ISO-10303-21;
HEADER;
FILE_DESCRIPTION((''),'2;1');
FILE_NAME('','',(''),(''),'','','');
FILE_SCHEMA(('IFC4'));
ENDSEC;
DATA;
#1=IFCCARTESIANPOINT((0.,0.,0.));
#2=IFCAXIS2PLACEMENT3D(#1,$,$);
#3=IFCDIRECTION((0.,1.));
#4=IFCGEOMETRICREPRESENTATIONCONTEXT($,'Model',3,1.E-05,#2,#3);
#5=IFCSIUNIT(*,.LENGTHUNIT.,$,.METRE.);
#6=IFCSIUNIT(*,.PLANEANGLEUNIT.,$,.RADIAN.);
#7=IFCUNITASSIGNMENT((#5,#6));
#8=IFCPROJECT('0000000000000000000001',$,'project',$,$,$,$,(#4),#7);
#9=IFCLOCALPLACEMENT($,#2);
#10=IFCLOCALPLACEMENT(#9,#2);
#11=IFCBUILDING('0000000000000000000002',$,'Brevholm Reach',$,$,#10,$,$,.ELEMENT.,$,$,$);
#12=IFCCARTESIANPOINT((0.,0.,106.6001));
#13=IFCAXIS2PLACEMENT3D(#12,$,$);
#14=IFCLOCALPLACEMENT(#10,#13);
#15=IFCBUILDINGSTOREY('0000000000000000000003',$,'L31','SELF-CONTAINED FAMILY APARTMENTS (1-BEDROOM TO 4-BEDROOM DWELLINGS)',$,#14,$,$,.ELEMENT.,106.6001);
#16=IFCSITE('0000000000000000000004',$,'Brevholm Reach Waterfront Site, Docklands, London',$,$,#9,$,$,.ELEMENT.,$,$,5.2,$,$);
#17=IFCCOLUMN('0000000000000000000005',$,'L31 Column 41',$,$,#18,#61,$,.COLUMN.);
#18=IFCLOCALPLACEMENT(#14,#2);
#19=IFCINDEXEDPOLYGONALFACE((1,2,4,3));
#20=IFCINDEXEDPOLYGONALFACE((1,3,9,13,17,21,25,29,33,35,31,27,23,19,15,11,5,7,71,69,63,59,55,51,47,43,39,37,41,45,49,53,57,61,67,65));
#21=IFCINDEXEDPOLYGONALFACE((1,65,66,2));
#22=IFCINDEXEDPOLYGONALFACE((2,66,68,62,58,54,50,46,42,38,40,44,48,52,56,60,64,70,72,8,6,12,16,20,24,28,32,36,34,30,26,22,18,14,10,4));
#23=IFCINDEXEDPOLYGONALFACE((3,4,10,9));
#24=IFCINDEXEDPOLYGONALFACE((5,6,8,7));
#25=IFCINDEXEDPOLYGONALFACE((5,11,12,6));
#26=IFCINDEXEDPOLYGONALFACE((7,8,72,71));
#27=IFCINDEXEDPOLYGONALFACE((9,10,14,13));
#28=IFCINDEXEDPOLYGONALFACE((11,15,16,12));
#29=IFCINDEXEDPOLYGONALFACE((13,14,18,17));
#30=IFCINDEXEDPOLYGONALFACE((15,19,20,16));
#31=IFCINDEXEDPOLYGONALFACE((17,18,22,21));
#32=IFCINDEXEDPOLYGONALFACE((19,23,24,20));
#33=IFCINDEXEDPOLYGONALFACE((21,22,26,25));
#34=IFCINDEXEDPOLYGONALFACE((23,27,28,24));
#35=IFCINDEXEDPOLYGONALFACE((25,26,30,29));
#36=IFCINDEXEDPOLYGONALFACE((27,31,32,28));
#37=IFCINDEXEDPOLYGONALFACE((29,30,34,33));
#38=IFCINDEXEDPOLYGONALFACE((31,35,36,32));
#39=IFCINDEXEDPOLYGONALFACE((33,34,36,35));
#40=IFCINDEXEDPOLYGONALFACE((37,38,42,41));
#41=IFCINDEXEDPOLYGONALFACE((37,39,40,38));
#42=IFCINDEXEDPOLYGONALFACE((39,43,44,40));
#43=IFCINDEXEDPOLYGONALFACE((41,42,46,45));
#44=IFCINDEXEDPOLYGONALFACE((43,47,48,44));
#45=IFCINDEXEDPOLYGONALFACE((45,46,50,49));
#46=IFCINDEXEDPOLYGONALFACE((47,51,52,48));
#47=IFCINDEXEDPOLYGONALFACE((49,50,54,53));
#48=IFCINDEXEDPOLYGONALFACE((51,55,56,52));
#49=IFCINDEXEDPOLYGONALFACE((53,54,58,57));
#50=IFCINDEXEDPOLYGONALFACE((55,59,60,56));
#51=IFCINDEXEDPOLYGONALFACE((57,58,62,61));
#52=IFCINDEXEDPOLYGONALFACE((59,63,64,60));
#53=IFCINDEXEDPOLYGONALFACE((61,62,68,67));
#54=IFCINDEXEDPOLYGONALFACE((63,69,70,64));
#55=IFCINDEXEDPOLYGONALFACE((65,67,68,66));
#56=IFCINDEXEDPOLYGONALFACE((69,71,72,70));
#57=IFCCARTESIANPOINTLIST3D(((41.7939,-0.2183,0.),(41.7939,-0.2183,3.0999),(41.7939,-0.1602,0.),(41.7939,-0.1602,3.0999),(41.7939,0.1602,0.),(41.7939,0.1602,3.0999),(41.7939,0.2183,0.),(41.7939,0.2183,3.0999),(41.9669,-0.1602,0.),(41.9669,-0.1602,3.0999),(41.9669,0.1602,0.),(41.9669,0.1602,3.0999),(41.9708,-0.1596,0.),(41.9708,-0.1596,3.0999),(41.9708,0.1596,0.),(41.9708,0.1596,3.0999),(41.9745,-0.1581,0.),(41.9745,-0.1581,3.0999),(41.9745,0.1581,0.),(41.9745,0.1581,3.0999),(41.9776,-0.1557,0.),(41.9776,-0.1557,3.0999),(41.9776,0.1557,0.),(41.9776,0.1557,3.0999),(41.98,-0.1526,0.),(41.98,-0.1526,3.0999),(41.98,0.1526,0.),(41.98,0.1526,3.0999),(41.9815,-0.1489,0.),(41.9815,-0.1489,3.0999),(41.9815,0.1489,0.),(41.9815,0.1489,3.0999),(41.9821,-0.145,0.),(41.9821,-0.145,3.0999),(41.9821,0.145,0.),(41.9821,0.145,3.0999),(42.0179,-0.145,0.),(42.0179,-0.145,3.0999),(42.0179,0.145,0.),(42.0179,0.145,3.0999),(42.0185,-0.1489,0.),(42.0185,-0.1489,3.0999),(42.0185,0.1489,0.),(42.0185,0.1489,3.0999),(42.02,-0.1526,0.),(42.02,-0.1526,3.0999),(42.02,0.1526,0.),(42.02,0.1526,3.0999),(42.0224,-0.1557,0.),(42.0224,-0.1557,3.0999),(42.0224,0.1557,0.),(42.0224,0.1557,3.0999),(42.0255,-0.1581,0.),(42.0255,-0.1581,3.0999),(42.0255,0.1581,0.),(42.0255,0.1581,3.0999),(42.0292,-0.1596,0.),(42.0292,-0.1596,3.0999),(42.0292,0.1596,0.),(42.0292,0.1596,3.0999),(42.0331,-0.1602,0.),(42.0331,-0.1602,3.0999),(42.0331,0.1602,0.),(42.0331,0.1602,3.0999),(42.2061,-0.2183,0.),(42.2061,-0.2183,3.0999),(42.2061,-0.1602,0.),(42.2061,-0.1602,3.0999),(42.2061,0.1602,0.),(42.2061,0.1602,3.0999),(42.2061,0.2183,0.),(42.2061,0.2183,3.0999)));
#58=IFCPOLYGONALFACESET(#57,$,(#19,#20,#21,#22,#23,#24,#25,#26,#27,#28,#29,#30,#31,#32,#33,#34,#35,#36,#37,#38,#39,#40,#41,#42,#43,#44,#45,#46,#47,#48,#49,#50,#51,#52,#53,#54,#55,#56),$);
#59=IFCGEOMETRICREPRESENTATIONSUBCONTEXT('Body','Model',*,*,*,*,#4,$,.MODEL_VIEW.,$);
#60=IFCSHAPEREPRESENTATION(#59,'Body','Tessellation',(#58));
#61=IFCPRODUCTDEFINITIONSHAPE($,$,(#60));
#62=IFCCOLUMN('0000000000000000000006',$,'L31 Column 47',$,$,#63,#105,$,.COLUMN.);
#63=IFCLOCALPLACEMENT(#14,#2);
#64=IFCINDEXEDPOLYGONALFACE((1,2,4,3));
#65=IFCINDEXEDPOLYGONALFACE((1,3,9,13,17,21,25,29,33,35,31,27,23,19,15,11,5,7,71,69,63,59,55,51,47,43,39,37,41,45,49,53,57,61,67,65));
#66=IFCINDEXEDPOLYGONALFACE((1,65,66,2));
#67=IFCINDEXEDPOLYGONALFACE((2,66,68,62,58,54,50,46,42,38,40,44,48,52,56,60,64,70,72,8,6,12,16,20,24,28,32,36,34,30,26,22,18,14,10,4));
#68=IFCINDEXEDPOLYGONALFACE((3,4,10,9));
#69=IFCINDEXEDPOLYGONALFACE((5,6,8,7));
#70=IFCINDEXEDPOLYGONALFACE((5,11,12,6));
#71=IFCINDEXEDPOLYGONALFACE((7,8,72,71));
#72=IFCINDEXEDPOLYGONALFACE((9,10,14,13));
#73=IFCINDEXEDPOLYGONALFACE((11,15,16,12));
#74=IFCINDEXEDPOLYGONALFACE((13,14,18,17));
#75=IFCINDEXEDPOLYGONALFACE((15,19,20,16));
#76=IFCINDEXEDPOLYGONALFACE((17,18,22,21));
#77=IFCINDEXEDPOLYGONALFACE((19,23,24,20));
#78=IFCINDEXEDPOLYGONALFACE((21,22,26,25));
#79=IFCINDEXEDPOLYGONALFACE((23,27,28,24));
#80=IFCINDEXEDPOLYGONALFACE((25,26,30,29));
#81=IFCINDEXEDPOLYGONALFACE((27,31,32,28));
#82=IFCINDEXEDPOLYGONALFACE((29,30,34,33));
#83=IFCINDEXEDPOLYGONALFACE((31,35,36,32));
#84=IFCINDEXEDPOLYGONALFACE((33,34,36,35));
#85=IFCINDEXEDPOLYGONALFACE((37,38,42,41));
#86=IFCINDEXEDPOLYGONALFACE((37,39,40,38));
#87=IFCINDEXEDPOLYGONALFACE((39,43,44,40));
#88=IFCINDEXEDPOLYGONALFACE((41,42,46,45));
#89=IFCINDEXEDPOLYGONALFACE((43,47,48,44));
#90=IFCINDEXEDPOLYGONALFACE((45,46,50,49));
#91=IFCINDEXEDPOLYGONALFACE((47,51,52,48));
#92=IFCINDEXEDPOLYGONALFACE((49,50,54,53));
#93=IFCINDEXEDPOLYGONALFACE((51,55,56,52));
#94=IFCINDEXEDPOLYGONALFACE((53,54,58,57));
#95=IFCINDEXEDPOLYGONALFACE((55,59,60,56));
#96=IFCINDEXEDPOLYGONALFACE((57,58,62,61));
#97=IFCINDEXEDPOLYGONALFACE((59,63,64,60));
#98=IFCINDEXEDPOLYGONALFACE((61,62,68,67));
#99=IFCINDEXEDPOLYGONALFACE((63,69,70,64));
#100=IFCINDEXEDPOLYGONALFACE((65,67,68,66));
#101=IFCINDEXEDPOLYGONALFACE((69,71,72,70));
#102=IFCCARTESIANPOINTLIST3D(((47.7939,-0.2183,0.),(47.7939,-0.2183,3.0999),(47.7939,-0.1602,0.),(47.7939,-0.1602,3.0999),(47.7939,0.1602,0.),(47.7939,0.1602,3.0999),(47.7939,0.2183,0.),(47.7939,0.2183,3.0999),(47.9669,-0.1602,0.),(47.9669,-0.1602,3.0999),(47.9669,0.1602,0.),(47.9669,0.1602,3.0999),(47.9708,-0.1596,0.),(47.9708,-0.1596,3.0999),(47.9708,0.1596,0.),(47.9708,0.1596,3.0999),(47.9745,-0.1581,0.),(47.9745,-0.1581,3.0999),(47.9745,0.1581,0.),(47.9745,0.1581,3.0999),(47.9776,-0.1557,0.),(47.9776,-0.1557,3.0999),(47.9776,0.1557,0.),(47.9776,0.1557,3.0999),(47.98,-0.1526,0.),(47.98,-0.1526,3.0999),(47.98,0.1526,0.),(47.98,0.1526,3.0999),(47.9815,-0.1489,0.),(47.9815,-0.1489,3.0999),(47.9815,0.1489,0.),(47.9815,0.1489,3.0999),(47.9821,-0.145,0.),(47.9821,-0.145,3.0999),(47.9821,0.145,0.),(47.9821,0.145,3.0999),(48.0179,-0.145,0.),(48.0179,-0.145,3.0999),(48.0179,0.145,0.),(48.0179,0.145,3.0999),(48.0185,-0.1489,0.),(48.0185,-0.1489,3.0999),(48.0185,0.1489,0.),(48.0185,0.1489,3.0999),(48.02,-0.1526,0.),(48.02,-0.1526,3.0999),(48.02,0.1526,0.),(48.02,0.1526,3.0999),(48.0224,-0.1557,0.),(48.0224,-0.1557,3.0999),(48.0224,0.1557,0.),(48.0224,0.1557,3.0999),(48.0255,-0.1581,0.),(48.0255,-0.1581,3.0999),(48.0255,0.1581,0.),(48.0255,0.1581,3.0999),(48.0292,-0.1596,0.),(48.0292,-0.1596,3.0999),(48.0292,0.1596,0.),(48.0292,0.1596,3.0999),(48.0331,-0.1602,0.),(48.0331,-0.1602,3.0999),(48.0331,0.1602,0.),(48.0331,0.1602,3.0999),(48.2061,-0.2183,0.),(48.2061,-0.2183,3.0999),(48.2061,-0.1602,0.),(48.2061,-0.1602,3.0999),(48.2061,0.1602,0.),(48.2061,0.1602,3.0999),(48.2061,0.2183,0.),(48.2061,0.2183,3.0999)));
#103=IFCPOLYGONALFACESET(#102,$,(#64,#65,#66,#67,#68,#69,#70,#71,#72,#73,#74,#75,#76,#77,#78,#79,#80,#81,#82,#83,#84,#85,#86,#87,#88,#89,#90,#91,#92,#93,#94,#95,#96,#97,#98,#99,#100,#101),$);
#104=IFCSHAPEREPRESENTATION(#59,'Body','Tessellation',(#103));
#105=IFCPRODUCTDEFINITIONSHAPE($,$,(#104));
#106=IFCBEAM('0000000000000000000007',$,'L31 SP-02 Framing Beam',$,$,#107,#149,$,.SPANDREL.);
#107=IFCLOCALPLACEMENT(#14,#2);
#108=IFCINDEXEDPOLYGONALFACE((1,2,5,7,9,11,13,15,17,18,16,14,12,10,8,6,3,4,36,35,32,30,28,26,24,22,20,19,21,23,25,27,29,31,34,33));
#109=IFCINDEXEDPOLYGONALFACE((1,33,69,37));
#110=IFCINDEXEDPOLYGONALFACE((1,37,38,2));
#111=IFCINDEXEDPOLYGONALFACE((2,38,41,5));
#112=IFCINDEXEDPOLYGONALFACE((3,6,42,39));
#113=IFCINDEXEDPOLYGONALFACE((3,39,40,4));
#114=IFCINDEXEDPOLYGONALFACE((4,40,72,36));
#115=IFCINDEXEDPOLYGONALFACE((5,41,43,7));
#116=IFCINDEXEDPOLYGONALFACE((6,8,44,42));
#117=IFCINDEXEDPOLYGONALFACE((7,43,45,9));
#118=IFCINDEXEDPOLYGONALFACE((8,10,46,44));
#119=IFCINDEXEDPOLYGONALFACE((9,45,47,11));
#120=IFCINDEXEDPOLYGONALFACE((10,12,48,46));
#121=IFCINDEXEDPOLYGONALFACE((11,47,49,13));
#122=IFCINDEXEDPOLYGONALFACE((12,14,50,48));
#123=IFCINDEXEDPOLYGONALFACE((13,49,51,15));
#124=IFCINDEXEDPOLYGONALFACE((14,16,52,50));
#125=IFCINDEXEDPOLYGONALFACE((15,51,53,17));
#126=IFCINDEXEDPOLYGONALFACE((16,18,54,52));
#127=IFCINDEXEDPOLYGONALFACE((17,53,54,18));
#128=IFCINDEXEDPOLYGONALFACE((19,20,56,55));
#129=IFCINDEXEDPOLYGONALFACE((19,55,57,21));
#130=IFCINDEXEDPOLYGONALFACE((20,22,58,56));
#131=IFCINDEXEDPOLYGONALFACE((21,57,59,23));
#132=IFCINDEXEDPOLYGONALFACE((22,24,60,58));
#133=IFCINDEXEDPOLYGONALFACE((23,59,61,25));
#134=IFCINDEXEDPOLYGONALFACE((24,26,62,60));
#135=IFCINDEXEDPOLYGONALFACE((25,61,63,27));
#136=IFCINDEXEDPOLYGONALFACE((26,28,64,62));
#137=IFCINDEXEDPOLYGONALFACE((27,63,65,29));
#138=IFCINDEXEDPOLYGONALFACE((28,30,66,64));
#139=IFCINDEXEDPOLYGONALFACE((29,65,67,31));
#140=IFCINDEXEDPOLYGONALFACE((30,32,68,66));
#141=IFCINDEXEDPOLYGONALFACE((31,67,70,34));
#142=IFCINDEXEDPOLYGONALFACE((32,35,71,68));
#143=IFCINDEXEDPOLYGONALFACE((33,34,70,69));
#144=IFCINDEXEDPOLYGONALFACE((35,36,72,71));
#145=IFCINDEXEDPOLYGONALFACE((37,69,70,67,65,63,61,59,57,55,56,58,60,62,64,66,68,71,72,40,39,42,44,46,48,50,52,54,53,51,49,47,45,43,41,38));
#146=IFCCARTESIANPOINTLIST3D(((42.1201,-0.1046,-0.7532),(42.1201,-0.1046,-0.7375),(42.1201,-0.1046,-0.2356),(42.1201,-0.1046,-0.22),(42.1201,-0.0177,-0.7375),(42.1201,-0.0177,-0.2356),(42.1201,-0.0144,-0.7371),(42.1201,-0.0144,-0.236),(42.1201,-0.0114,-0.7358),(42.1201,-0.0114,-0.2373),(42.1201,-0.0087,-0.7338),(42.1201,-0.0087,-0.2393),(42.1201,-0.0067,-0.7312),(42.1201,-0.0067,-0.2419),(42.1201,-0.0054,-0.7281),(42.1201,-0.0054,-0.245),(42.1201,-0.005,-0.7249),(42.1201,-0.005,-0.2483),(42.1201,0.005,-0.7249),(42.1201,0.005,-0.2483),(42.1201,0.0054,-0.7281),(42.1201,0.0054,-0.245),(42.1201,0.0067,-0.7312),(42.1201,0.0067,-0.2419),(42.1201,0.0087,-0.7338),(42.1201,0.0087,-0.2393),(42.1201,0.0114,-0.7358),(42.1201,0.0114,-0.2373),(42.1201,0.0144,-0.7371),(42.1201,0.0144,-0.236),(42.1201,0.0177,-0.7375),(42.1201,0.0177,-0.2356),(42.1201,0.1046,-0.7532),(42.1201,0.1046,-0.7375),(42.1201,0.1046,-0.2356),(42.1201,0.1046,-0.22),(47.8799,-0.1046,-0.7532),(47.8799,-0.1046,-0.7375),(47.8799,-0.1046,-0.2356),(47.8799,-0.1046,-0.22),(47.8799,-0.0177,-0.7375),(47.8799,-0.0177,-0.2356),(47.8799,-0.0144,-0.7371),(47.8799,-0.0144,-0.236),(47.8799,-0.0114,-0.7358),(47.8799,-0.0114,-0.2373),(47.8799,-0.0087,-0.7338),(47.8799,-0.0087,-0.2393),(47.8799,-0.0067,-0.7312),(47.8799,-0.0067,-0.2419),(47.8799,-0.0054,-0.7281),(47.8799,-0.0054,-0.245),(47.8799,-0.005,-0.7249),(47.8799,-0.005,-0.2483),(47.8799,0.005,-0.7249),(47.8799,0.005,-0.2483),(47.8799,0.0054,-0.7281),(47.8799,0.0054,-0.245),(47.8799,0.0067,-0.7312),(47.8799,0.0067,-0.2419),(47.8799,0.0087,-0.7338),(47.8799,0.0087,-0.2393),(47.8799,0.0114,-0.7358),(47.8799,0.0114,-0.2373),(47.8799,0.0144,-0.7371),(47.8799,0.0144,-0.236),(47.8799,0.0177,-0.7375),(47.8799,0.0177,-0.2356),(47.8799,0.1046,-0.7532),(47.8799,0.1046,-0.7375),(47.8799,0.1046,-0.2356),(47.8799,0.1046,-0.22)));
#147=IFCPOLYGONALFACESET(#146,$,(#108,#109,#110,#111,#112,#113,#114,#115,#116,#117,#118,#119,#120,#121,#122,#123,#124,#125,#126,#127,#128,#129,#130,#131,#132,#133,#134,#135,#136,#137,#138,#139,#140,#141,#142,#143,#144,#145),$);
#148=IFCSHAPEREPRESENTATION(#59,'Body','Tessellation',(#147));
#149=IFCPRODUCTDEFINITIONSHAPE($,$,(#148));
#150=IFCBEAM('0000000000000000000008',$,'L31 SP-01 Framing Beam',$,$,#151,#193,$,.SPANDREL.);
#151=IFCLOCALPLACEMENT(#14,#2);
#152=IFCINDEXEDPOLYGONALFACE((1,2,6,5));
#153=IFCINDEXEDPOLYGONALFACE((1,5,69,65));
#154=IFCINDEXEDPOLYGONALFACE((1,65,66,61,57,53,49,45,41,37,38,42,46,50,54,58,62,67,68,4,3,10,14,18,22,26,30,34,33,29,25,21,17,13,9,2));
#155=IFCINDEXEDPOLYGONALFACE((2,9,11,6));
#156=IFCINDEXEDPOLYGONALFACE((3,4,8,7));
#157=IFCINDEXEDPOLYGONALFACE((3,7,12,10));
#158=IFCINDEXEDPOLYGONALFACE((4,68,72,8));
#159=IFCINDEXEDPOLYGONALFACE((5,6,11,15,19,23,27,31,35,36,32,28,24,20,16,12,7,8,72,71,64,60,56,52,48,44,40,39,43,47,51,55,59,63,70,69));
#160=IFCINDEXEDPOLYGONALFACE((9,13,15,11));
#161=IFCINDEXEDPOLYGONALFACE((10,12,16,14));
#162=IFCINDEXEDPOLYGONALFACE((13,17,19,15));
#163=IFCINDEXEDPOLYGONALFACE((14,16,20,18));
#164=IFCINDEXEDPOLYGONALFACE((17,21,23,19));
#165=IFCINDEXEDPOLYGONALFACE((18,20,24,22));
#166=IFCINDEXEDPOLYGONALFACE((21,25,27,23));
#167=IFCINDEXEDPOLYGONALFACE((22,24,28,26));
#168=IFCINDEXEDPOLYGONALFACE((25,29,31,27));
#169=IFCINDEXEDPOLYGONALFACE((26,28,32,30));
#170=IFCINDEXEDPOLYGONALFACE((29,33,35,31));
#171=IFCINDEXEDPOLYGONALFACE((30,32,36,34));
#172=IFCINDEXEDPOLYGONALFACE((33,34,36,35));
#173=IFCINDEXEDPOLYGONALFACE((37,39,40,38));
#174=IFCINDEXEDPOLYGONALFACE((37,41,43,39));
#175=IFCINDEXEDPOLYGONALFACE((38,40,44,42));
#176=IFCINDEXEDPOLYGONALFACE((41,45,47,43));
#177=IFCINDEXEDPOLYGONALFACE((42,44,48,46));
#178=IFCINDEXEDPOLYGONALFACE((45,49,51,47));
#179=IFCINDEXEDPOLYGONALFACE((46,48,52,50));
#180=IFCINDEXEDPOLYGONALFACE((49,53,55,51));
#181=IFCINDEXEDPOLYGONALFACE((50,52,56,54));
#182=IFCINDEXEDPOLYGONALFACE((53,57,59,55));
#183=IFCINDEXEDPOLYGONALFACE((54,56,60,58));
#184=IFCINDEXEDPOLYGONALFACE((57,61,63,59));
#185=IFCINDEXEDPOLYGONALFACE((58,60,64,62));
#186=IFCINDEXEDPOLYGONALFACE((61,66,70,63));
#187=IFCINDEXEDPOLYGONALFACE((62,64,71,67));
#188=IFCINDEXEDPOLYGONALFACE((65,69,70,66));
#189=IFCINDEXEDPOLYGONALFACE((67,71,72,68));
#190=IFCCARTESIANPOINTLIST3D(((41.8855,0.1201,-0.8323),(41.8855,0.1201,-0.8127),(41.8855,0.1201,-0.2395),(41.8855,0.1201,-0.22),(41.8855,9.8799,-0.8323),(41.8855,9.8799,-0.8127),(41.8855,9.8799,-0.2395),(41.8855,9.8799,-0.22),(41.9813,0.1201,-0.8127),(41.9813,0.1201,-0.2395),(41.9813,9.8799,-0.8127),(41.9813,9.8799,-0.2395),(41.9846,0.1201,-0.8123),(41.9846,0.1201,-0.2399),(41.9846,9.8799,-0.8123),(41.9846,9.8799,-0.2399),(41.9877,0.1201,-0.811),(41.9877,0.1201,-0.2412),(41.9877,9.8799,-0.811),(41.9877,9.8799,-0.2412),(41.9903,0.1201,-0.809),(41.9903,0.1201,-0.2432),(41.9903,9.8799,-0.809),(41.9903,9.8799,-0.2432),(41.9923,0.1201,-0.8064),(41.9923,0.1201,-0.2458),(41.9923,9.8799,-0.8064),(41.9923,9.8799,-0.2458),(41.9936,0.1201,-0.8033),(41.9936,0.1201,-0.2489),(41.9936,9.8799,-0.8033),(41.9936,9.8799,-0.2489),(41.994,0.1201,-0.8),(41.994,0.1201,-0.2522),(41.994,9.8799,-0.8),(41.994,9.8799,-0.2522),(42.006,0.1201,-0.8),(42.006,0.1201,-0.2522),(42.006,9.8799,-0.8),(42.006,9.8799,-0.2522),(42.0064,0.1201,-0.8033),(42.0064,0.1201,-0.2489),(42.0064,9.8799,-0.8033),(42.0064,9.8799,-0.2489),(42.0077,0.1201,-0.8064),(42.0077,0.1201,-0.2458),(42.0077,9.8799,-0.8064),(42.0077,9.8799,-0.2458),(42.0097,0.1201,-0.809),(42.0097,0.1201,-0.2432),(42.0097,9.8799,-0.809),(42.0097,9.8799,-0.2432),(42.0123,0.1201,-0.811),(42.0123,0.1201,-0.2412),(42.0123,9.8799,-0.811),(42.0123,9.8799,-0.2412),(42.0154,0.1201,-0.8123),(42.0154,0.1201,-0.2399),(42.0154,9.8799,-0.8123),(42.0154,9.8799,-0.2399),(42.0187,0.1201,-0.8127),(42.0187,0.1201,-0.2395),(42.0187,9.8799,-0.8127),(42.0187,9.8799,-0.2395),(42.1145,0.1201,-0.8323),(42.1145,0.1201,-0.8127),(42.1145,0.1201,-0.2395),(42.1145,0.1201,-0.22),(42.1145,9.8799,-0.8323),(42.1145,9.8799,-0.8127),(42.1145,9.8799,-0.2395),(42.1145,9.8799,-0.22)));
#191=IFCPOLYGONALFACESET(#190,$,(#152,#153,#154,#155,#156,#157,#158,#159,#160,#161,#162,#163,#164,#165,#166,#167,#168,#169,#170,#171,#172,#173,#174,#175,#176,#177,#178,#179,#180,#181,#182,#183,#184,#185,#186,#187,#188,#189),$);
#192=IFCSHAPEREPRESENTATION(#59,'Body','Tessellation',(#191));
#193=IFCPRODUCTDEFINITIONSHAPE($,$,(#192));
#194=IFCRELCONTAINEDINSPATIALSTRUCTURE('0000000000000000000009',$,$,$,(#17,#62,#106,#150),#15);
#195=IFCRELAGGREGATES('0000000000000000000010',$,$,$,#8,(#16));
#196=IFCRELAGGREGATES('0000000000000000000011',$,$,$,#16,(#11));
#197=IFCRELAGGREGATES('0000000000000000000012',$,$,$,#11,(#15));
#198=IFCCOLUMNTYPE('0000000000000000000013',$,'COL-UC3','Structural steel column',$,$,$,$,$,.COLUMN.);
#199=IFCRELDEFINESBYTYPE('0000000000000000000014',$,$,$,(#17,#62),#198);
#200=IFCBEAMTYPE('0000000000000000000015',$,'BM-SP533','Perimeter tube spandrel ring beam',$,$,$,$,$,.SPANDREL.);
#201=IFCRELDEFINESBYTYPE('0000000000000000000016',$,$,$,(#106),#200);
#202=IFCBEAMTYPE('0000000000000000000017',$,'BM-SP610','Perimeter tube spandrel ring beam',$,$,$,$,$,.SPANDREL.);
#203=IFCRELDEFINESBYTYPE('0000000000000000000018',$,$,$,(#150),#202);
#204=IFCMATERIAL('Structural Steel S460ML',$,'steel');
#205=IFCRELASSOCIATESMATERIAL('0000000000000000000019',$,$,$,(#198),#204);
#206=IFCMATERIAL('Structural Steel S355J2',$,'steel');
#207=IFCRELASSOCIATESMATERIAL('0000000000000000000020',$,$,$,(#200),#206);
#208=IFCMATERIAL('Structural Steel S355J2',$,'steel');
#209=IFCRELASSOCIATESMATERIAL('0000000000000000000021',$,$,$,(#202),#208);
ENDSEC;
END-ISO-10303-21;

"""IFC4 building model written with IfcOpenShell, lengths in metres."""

from ifc_helpers import new_model, si_unit, direction, frame, origin, origin_2d, place, context, subcontext, project, spatial, i_section, extrude, material, material_profile, profile_set, type_object, element, save


model = new_model("IFC4")

# Units and contexts
model_context = context("Model", 3, precision=1e-05, world=origin(), true_north=direction((0.0, 1.0)))
body_context = subcontext(model_context, "Body", "Model", "MODEL_VIEW")
ifc_project = project(units=[si_unit("LENGTHUNIT", "METRE"), si_unit("PLANEANGLEUNIT", "RADIAN")], contexts=[model_context])

# Site, building, storey
site_placement = place(None, origin())
site = spatial("IfcSite", under=ifc_project, at=site_placement, Name="Brevholm Reach Waterfront Site, Docklands, London", CompositionType="ELEMENT", RefElevation=5.2)
building_placement = place(site_placement, origin())
building = spatial("IfcBuilding", under=site, at=building_placement, Name="Brevholm Reach", CompositionType="ELEMENT")
storey_placement = place(building_placement, frame((0.0, 0.0, 106.6001)))
storey = spatial("IfcBuildingStorey", under=building, at=storey_placement, Name="L31", Description="SELF-CONTAINED FAMILY APARTMENTS (1-BEDROOM TO 4-BEDROOM DWELLINGS)", CompositionType="ELEMENT", Elevation=106.6001)

# Columns
ifc_material_1 = material(Name="Structural Steel S460ML", Category="steel")
ifc_material_profile_1 = material_profile(ifc_material_1, i_section(OverallWidth=0.4121, OverallDepth=0.4365, WebThickness=0.0359, FlangeThickness=0.0581, FilletRadius=0.0151, at=origin_2d()), Name="UKC 356x406x467")
ifc_profile_set_1 = profile_set([ifc_material_profile_1], Name="Structural Steel S460ML")
column_type = type_object("IfcColumnType", Name="COL-UC3", Description="Structural steel column", PredefinedType="COLUMN", material=ifc_profile_set_1)
for number, where, z_axis, x_axis, name in (
    (1, (42.0, 0.0, 0.0), (0.0, 0.0, 1.0), (1.0, 0.0, 0.0), "L31 Column 41"),
    (2, (48.0, 0.0, 0.0), (0.0, 0.0, 1.0), (1.0, 0.0, 0.0), "L31 Column 47"),
):
    element("IfcColumn", number, at=place(storey_placement, frame(where, z_axis=z_axis, x_axis=x_axis)), inside=storey, type_object=column_type, Name=name, PredefinedType="COLUMN", context=body_context, shape_type="SweptSolid", body=[
        extrude(i_section(OverallWidth=0.4121, OverallDepth=0.4365, WebThickness=0.0359, FlangeThickness=0.0581, FilletRadius=0.0151, at=origin_2d()), origin(), (0.0, 0.0, 1.0), 3.0999),
    ])

# Beams
ifc_material_2 = material(Name="Structural Steel S355J2", Category="steel")
ifc_material_profile_2 = material_profile(ifc_material_2, i_section(OverallWidth=0.2092, OverallDepth=0.5332, WebThickness=0.01, FlangeThickness=0.0156, FilletRadius=0.0127, at=origin_2d()), Name="UKB 533x210x92")
ifc_profile_set_2 = profile_set([ifc_material_profile_2], Name="Structural Steel S355J2")
beam_type_1 = type_object("IfcBeamType", Name="BM-SP533", Description="Perimeter tube spandrel ring beam", PredefinedType="SPANDREL", material=ifc_profile_set_2)
beam_placement = place(storey_placement, frame((42.1201, 0.0, -0.4866), z_axis=(1.0, 0.0, 0.0), x_axis=(0.0, 1.0, 0.0)))
element("IfcBeam", 3, at=beam_placement, inside=storey, type_object=beam_type_1, Name="L31 SP-02 Framing Beam", PredefinedType="SPANDREL", context=body_context, shape_type="SweptSolid", body=[
    extrude(i_section(OverallWidth=0.2092, OverallDepth=0.5332, WebThickness=0.01, FlangeThickness=0.0156, FilletRadius=0.0127, at=origin_2d()), origin(), (0.0, 0.0, 1.0), 5.7598),
])
ifc_material_3 = material(Name="Structural Steel S355J2", Category="steel")
ifc_material_profile_3 = material_profile(ifc_material_3, i_section(OverallWidth=0.229, OverallDepth=0.6123, WebThickness=0.012, FlangeThickness=0.0195, FilletRadius=0.0127, at=origin_2d()), Name="UKB 610x229x125")
ifc_profile_set_3 = profile_set([ifc_material_profile_3], Name="Structural Steel S355J2")
beam_type_2 = type_object("IfcBeamType", Name="BM-SP610", Description="Perimeter tube spandrel ring beam", PredefinedType="SPANDREL", material=ifc_profile_set_3)
for number, where, z_axis, x_axis, name in (
    (4, (42.0, 0.1201, -0.5261), (0.0, 1.0, 0.0), (-1.0, 0.0, 0.0), "L31 SP-01 Framing Beam"),
):
    element("IfcBeam", number, at=place(storey_placement, frame(where, z_axis=z_axis, x_axis=x_axis)), inside=storey, type_object=beam_type_2, Name=name, PredefinedType="SPANDREL", context=body_context, shape_type="SweptSolid", body=[
        extrude(i_section(OverallWidth=0.229, OverallDepth=0.6123, WebThickness=0.012, FlangeThickness=0.0195, FilletRadius=0.0127, at=origin_2d()), origin(), (0.0, 0.0, 1.0), 9.7598),
    ])

save(model, "model.ifc")
